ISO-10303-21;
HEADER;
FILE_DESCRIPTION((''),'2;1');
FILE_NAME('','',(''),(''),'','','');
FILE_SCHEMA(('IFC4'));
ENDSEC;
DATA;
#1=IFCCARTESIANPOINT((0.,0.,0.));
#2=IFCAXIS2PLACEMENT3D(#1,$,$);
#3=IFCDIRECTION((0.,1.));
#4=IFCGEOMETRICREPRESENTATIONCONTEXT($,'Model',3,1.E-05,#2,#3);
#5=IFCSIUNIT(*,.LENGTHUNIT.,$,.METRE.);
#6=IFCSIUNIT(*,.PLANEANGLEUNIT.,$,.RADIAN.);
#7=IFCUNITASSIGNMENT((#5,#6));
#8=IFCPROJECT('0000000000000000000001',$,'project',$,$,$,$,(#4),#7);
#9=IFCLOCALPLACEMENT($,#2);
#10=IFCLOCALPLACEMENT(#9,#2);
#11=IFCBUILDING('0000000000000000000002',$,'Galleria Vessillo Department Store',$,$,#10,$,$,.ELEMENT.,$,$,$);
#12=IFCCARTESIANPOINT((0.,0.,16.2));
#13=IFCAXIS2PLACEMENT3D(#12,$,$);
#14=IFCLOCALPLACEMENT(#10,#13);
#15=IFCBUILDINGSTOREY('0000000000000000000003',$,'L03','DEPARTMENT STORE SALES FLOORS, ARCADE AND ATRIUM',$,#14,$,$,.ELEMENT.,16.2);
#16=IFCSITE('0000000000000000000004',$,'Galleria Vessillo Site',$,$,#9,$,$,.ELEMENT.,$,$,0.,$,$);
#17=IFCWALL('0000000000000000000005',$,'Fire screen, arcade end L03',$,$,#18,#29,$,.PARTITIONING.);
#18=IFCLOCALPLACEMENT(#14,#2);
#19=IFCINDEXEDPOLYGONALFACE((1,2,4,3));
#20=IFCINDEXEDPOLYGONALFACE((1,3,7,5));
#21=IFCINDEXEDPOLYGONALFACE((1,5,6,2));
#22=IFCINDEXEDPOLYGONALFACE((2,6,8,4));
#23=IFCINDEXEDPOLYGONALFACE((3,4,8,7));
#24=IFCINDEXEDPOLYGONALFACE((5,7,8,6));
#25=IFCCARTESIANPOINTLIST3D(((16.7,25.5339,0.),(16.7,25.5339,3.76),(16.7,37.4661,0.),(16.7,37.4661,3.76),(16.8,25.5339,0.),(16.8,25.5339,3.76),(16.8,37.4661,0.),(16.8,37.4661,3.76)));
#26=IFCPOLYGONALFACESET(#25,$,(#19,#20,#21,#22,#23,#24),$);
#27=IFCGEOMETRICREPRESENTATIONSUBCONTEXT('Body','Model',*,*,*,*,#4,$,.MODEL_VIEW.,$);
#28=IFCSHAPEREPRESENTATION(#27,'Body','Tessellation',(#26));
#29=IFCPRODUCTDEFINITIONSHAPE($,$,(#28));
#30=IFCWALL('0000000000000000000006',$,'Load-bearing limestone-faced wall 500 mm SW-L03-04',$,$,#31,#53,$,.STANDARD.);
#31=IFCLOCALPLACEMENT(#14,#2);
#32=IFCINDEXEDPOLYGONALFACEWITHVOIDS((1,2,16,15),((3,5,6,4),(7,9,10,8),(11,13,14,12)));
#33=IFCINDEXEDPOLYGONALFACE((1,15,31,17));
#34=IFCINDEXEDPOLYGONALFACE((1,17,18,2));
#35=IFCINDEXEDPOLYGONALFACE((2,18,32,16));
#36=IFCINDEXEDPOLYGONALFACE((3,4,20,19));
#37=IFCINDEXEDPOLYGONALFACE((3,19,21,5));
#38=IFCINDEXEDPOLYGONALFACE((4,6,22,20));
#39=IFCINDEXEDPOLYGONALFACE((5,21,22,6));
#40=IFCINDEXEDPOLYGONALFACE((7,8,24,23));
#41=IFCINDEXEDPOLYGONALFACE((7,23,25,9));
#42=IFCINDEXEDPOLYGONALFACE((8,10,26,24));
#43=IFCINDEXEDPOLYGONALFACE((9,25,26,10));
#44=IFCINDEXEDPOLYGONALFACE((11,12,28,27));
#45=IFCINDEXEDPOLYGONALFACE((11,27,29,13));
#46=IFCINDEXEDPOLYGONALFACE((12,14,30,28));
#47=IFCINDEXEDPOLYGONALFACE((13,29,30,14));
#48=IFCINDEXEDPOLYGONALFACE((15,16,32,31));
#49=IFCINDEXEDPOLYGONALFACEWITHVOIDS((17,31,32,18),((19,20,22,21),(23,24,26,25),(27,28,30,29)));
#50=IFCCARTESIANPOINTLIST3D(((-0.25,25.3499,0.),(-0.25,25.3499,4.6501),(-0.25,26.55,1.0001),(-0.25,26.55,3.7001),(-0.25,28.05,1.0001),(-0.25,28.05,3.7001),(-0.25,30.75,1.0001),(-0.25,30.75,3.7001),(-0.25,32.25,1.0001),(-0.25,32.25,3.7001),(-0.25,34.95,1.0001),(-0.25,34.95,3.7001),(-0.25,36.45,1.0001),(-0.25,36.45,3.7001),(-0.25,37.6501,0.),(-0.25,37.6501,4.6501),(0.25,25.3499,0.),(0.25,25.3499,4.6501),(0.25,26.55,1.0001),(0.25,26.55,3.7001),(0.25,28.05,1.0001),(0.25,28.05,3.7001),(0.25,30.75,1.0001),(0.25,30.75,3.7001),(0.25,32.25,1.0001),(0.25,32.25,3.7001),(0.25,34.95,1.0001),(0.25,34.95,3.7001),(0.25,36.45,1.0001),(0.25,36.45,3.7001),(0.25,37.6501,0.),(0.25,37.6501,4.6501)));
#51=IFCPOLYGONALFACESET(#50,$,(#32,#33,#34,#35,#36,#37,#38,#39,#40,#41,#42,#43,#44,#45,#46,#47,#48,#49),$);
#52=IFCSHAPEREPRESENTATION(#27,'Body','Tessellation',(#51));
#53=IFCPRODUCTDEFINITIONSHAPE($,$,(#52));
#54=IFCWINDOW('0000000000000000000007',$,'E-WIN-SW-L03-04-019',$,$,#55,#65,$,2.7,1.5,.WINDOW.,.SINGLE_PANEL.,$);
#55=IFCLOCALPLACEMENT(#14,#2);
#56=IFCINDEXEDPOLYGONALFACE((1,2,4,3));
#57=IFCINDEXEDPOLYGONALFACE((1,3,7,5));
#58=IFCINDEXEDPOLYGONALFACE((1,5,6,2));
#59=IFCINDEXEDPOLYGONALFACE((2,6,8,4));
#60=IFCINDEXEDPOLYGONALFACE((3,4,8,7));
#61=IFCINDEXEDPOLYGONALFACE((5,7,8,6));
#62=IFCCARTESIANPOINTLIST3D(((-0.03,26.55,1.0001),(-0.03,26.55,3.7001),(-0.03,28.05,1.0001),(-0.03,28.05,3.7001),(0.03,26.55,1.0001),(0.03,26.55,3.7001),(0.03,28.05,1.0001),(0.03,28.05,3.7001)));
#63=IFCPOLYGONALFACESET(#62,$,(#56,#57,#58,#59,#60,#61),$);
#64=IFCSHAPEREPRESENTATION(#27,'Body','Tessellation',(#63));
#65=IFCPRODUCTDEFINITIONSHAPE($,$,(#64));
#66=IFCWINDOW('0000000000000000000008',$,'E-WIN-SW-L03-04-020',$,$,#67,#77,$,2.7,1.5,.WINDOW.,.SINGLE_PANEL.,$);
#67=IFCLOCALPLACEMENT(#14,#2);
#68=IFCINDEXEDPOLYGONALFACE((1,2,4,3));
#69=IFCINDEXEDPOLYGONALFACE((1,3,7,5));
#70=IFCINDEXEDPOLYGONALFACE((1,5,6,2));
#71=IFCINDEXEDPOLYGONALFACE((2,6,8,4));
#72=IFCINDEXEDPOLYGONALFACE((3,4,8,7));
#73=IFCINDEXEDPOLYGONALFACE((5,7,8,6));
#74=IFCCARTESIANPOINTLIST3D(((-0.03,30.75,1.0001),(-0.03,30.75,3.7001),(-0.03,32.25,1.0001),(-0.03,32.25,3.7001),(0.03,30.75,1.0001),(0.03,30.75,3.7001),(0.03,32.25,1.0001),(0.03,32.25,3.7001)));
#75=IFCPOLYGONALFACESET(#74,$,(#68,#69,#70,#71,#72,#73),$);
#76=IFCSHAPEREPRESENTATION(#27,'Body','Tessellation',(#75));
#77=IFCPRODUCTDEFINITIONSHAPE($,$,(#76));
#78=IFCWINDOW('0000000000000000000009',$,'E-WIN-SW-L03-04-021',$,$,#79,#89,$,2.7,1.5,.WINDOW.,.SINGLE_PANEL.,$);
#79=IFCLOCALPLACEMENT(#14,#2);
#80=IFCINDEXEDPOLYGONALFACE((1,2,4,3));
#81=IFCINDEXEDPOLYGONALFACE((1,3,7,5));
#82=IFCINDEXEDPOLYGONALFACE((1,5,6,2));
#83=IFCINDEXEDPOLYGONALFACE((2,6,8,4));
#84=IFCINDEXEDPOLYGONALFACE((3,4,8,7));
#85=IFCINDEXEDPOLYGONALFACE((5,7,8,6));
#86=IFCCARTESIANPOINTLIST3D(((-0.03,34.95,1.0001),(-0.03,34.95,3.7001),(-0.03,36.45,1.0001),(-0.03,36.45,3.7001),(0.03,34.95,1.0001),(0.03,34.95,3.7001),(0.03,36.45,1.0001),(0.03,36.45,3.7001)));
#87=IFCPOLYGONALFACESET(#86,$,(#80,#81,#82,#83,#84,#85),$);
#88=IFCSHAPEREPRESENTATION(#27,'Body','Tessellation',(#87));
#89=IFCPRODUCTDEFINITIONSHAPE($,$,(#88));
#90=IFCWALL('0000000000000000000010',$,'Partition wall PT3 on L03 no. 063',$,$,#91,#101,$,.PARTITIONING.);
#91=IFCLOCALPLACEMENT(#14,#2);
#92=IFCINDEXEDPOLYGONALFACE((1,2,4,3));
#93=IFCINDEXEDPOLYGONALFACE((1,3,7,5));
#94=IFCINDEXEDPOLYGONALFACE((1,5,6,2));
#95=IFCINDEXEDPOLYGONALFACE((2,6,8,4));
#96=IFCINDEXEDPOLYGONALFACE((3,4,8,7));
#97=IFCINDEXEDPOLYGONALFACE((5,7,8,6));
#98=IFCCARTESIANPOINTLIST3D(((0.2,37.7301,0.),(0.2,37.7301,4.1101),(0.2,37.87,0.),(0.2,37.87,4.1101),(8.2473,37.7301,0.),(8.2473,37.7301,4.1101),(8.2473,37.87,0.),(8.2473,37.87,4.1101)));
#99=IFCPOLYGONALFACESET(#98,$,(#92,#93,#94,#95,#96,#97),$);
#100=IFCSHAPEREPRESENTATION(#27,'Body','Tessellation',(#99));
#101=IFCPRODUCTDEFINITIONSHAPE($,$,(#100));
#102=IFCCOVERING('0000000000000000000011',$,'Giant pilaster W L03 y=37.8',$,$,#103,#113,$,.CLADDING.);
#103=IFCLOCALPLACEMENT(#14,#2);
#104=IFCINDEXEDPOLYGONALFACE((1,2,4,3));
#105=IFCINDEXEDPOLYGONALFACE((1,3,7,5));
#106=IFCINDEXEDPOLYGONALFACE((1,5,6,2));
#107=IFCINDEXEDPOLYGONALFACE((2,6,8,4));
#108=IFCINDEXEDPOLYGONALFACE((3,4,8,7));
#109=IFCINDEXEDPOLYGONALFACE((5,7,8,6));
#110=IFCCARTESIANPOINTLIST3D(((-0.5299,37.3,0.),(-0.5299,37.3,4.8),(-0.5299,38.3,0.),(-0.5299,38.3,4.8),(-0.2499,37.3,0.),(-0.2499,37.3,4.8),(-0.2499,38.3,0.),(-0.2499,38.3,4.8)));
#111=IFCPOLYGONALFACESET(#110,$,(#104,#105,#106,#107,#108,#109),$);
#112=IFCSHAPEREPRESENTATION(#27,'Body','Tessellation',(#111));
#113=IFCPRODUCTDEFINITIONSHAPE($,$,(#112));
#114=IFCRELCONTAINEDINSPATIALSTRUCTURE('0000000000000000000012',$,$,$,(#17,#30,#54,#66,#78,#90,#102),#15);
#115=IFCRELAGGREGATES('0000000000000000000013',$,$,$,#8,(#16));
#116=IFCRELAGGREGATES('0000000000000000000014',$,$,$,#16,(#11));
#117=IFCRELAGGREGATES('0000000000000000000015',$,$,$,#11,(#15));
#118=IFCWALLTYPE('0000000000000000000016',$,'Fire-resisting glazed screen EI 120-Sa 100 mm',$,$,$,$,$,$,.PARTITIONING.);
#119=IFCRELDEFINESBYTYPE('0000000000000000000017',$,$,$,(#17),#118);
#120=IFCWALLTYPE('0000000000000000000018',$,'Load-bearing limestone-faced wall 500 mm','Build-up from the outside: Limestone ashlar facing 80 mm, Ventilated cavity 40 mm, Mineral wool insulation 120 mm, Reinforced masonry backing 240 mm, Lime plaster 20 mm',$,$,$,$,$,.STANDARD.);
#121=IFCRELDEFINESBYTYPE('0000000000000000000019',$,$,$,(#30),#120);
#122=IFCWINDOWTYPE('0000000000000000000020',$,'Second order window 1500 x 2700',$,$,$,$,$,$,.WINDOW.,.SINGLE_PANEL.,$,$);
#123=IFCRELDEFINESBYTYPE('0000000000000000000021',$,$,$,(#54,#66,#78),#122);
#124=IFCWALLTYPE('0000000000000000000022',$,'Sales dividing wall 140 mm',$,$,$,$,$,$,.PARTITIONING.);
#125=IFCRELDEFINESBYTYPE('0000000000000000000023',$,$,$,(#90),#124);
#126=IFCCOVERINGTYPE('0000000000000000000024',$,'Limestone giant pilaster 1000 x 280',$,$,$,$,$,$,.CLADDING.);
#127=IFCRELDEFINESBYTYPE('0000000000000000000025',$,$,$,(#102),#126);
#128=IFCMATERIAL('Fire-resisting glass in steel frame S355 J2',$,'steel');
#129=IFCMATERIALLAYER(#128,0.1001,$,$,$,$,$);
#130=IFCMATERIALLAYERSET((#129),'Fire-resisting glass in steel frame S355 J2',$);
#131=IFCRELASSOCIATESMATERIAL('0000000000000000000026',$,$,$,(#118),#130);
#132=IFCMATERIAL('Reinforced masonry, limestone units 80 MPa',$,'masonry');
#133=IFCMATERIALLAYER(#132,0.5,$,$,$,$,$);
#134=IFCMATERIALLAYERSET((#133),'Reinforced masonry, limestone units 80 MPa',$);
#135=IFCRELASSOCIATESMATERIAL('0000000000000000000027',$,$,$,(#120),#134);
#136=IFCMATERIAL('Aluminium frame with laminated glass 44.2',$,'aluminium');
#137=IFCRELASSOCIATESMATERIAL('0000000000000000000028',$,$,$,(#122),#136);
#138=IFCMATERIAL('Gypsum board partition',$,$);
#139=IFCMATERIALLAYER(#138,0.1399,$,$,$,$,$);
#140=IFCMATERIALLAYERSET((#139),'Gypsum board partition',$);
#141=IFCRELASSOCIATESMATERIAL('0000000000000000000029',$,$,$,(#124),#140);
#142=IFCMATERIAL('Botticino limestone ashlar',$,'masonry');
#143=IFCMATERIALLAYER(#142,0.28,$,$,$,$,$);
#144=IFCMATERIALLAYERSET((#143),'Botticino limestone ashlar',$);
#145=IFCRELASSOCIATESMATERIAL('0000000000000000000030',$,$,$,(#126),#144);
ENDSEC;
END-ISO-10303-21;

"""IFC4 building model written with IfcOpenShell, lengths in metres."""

from ifc_helpers import new_model, si_unit, direction, frame, frame_2d, origin, origin_2d, place, context, subcontext, project, spatial, rectangle, extrude, material, layer, layer_set, type_object, element, fill, save


model = new_model("IFC4")

# Units and contexts
model_context = context("Model", 3, precision=1e-05, world=origin(), true_north=direction((0.0, 1.0)))
body_context = subcontext(model_context, "Body", "Model", "MODEL_VIEW")
ifc_project = project(units=[si_unit("LENGTHUNIT", "METRE"), si_unit("PLANEANGLEUNIT", "RADIAN")], contexts=[model_context])

# Site, building, storey
site_placement = place(None, origin())
site = spatial("IfcSite", under=ifc_project, at=site_placement, Name="Galleria Vessillo Site", CompositionType="ELEMENT", RefElevation=0.0)
building_placement = place(site_placement, origin())
building = spatial("IfcBuilding", under=site, at=building_placement, Name="Galleria Vessillo Department Store", CompositionType="ELEMENT")
storey_placement = place(building_placement, frame((0.0, 0.0, 16.2)))
storey = spatial("IfcBuildingStorey", under=building, at=storey_placement, Name="L03", Description="DEPARTMENT STORE SALES FLOORS, ARCADE AND ATRIUM", CompositionType="ELEMENT", Elevation=16.2)

# Wall
ifc_material_1 = material(Name="Fire-resisting glass in steel frame S355 J2", Category="steel")
ifc_layer_1 = layer(ifc_material_1, 0.1001)
ifc_layer_set_1 = layer_set([ifc_layer_1], Name="Fire-resisting glass in steel frame S355 J2")
wall_type_1 = type_object("IfcWallType", Name="Fire-resisting glazed screen EI 120-Sa 100 mm", PredefinedType="PARTITIONING", material=ifc_layer_set_1)
wall_1_placement = place(storey_placement, frame((16.75, 25.5339, 0.0), z_axis=(0.0, 0.0, 1.0), x_axis=(0.0, 1.0, 0.0)))
element("IfcWall", 1, at=wall_1_placement, inside=storey, type_object=wall_type_1, Name="Fire screen, arcade end L03", PredefinedType="PARTITIONING", context=body_context, shape_type="SweptSolid", body=[
    extrude(rectangle(XDim=11.9321, YDim=0.1001, at=frame_2d((5.9661, 0.0))), origin(), (0.0, 0.0, 1.0), 3.76),
])

# Wall, openings, windows
ifc_material_2 = material(Name="Reinforced masonry, limestone units 80 MPa", Category="masonry")
ifc_layer_2 = layer(ifc_material_2, 0.5)
ifc_layer_set_2 = layer_set([ifc_layer_2], Name="Reinforced masonry, limestone units 80 MPa")
wall_type_2 = type_object("IfcWallType", Name="Load-bearing limestone-faced wall 500 mm", Description="Build-up from the outside: Limestone ashlar facing 80 mm, Ventilated cavity 40 mm, Mineral wool insulation 120 mm, Reinforced masonry backing 240 mm, Lime plaster 20 mm", PredefinedType="STANDARD", material=ifc_layer_set_2)
wall_2_placement = place(storey_placement, frame((0.0, 25.3499, 0.0), z_axis=(0.0, 0.0, 1.0), x_axis=(0.0, 1.0, 0.0)))
wall_2 = element("IfcWall", 2, at=wall_2_placement, inside=storey, type_object=wall_type_2, Name="Load-bearing limestone-faced wall 500 mm SW-L03-04", PredefinedType="STANDARD", context=body_context, shape_type="SweptSolid", body=[
    extrude(rectangle(XDim=12.3003, YDim=0.5, at=frame_2d((6.1501, 0.0))), origin(), (0.0, 0.0, 1.0), 4.6501),
])
opening_1_placement = place(wall_2_placement, frame((1.2002, 0.0, 1.0)))
opening_1 = element("IfcOpeningElement", 3, at=opening_1_placement, cuts=wall_2, PredefinedType="OPENING", context=body_context, shape_type="SweptSolid", body=[
    extrude(rectangle(XDim=1.5, YDim=2.7, at=frame_2d((0.75, 1.3501))), frame((0.0, 0.26, 0.0), z_axis=(0.0, -1.0, 0.0), x_axis=(1.0, 0.0, 0.0)), (0.0, 0.0, 1.0), 0.52),
])
opening_2_placement = place(wall_2_placement, frame((5.4001, 0.0, 1.0)))
opening_2 = element("IfcOpeningElement", 4, at=opening_2_placement, cuts=wall_2, PredefinedType="OPENING", context=body_context, shape_type="SweptSolid", body=[
    extrude(rectangle(XDim=1.5, YDim=2.7, at=frame_2d((0.75, 1.3501))), frame((0.0, 0.26, 0.0), z_axis=(0.0, -1.0, 0.0), x_axis=(1.0, 0.0, 0.0)), (0.0, 0.0, 1.0), 0.52),
])
opening_3_placement = place(wall_2_placement, frame((9.6001, 0.0, 1.0)))
opening_3 = element("IfcOpeningElement", 5, at=opening_3_placement, cuts=wall_2, PredefinedType="OPENING", context=body_context, shape_type="SweptSolid", body=[
    extrude(rectangle(XDim=1.5, YDim=2.7, at=frame_2d((0.75, 1.3501))), frame((0.0, 0.26, 0.0), z_axis=(0.0, -1.0, 0.0), x_axis=(1.0, 0.0, 0.0)), (0.0, 0.0, 1.0), 0.52),
])
ifc_material_3 = material(Name="Aluminium frame with laminated glass 44.2", Category="aluminium")
window_type = type_object("IfcWindowType", Name="Second order window 1500 x 2700", PartitioningType="SINGLE_PANEL", PredefinedType="WINDOW", material=ifc_material_3)
window_1_placement = place(opening_1_placement, origin())
window_1 = element("IfcWindow", 6, at=window_1_placement, inside=storey, type_object=window_type, Name="E-WIN-SW-L03-04-019", OverallHeight=2.7, OverallWidth=1.5, PartitioningType="SINGLE_PANEL", PredefinedType="WINDOW", context=body_context, shape_type="SweptSolid", body=[
    extrude(rectangle(XDim=1.5, YDim=2.7, at=frame_2d((0.75, 1.3501))), frame((0.0, 0.03, 0.0), z_axis=(0.0, -1.0, 0.0), x_axis=(1.0, 0.0, 0.0)), (0.0, 0.0, 1.0), 0.0601),
])
fill(opening_1, window_1)
window_2_placement = place(opening_2_placement, origin())
window_2 = element("IfcWindow", 7, at=window_2_placement, inside=storey, type_object=window_type, Name="E-WIN-SW-L03-04-020", OverallHeight=2.7, OverallWidth=1.5, PartitioningType="SINGLE_PANEL", PredefinedType="WINDOW", context=body_context, shape_type="SweptSolid", body=[
    extrude(rectangle(XDim=1.5, YDim=2.7, at=frame_2d((0.75, 1.3501))), frame((0.0, 0.03, 0.0), z_axis=(0.0, -1.0, 0.0), x_axis=(1.0, 0.0, 0.0)), (0.0, 0.0, 1.0), 0.0601),
])
fill(opening_2, window_2)
window_3_placement = place(opening_3_placement, origin())
window_3 = element("IfcWindow", 8, at=window_3_placement, inside=storey, type_object=window_type, Name="E-WIN-SW-L03-04-021", OverallHeight=2.7, OverallWidth=1.5, PartitioningType="SINGLE_PANEL", PredefinedType="WINDOW", context=body_context, shape_type="SweptSolid", body=[
    extrude(rectangle(XDim=1.5, YDim=2.7, at=frame_2d((0.75, 1.3501))), frame((0.0, 0.03, 0.0), z_axis=(0.0, -1.0, 0.0), x_axis=(1.0, 0.0, 0.0)), (0.0, 0.0, 1.0), 0.0601),
])
fill(opening_3, window_3)

# Wall
ifc_material_4 = material(Name="Gypsum board partition")
ifc_layer_3 = layer(ifc_material_4, 0.1399)
ifc_layer_set_3 = layer_set([ifc_layer_3], Name="Gypsum board partition")
wall_type_3 = type_object("IfcWallType", Name="Sales dividing wall 140 mm", PredefinedType="PARTITIONING", material=ifc_layer_set_3)
wall_3_placement = place(storey_placement, frame((0.2, 37.8, 0.0), z_axis=(0.0, 0.0, 1.0), x_axis=(1.0, 0.0, 0.0)))
element("IfcWall", 9, at=wall_3_placement, inside=storey, type_object=wall_type_3, Name="Partition wall PT3 on L03 no. 063", PredefinedType="PARTITIONING", context=body_context, shape_type="SweptSolid", body=[
    extrude(rectangle(XDim=8.0474, YDim=0.1399, at=frame_2d((4.0237, 0.0))), origin(), (0.0, 0.0, 1.0), 4.1101),
])

# Covering
ifc_material_5 = material(Name="Botticino limestone ashlar", Category="masonry")
ifc_layer_4 = layer(ifc_material_5, 0.28)
ifc_layer_set_4 = layer_set([ifc_layer_4], Name="Botticino limestone ashlar")
covering_type = type_object("IfcCoveringType", Name="Limestone giant pilaster 1000 x 280", PredefinedType="CLADDING", material=ifc_layer_set_4)
covering_placement = place(storey_placement, frame((-0.3899, 37.8, 0.0), z_axis=(0.0, 0.0, 1.0), x_axis=(1.0, 0.0, 0.0)))
element("IfcCovering", 10, at=covering_placement, inside=storey, type_object=covering_type, Name="Giant pilaster W L03 y=37.8", PredefinedType="CLADDING", context=body_context, shape_type="SweptSolid", body=[
    extrude(rectangle(XDim=0.28, YDim=1.0, at=origin_2d()), origin(), (0.0, 0.0, 1.0), 4.8),
])

save(model, "model.ifc")
